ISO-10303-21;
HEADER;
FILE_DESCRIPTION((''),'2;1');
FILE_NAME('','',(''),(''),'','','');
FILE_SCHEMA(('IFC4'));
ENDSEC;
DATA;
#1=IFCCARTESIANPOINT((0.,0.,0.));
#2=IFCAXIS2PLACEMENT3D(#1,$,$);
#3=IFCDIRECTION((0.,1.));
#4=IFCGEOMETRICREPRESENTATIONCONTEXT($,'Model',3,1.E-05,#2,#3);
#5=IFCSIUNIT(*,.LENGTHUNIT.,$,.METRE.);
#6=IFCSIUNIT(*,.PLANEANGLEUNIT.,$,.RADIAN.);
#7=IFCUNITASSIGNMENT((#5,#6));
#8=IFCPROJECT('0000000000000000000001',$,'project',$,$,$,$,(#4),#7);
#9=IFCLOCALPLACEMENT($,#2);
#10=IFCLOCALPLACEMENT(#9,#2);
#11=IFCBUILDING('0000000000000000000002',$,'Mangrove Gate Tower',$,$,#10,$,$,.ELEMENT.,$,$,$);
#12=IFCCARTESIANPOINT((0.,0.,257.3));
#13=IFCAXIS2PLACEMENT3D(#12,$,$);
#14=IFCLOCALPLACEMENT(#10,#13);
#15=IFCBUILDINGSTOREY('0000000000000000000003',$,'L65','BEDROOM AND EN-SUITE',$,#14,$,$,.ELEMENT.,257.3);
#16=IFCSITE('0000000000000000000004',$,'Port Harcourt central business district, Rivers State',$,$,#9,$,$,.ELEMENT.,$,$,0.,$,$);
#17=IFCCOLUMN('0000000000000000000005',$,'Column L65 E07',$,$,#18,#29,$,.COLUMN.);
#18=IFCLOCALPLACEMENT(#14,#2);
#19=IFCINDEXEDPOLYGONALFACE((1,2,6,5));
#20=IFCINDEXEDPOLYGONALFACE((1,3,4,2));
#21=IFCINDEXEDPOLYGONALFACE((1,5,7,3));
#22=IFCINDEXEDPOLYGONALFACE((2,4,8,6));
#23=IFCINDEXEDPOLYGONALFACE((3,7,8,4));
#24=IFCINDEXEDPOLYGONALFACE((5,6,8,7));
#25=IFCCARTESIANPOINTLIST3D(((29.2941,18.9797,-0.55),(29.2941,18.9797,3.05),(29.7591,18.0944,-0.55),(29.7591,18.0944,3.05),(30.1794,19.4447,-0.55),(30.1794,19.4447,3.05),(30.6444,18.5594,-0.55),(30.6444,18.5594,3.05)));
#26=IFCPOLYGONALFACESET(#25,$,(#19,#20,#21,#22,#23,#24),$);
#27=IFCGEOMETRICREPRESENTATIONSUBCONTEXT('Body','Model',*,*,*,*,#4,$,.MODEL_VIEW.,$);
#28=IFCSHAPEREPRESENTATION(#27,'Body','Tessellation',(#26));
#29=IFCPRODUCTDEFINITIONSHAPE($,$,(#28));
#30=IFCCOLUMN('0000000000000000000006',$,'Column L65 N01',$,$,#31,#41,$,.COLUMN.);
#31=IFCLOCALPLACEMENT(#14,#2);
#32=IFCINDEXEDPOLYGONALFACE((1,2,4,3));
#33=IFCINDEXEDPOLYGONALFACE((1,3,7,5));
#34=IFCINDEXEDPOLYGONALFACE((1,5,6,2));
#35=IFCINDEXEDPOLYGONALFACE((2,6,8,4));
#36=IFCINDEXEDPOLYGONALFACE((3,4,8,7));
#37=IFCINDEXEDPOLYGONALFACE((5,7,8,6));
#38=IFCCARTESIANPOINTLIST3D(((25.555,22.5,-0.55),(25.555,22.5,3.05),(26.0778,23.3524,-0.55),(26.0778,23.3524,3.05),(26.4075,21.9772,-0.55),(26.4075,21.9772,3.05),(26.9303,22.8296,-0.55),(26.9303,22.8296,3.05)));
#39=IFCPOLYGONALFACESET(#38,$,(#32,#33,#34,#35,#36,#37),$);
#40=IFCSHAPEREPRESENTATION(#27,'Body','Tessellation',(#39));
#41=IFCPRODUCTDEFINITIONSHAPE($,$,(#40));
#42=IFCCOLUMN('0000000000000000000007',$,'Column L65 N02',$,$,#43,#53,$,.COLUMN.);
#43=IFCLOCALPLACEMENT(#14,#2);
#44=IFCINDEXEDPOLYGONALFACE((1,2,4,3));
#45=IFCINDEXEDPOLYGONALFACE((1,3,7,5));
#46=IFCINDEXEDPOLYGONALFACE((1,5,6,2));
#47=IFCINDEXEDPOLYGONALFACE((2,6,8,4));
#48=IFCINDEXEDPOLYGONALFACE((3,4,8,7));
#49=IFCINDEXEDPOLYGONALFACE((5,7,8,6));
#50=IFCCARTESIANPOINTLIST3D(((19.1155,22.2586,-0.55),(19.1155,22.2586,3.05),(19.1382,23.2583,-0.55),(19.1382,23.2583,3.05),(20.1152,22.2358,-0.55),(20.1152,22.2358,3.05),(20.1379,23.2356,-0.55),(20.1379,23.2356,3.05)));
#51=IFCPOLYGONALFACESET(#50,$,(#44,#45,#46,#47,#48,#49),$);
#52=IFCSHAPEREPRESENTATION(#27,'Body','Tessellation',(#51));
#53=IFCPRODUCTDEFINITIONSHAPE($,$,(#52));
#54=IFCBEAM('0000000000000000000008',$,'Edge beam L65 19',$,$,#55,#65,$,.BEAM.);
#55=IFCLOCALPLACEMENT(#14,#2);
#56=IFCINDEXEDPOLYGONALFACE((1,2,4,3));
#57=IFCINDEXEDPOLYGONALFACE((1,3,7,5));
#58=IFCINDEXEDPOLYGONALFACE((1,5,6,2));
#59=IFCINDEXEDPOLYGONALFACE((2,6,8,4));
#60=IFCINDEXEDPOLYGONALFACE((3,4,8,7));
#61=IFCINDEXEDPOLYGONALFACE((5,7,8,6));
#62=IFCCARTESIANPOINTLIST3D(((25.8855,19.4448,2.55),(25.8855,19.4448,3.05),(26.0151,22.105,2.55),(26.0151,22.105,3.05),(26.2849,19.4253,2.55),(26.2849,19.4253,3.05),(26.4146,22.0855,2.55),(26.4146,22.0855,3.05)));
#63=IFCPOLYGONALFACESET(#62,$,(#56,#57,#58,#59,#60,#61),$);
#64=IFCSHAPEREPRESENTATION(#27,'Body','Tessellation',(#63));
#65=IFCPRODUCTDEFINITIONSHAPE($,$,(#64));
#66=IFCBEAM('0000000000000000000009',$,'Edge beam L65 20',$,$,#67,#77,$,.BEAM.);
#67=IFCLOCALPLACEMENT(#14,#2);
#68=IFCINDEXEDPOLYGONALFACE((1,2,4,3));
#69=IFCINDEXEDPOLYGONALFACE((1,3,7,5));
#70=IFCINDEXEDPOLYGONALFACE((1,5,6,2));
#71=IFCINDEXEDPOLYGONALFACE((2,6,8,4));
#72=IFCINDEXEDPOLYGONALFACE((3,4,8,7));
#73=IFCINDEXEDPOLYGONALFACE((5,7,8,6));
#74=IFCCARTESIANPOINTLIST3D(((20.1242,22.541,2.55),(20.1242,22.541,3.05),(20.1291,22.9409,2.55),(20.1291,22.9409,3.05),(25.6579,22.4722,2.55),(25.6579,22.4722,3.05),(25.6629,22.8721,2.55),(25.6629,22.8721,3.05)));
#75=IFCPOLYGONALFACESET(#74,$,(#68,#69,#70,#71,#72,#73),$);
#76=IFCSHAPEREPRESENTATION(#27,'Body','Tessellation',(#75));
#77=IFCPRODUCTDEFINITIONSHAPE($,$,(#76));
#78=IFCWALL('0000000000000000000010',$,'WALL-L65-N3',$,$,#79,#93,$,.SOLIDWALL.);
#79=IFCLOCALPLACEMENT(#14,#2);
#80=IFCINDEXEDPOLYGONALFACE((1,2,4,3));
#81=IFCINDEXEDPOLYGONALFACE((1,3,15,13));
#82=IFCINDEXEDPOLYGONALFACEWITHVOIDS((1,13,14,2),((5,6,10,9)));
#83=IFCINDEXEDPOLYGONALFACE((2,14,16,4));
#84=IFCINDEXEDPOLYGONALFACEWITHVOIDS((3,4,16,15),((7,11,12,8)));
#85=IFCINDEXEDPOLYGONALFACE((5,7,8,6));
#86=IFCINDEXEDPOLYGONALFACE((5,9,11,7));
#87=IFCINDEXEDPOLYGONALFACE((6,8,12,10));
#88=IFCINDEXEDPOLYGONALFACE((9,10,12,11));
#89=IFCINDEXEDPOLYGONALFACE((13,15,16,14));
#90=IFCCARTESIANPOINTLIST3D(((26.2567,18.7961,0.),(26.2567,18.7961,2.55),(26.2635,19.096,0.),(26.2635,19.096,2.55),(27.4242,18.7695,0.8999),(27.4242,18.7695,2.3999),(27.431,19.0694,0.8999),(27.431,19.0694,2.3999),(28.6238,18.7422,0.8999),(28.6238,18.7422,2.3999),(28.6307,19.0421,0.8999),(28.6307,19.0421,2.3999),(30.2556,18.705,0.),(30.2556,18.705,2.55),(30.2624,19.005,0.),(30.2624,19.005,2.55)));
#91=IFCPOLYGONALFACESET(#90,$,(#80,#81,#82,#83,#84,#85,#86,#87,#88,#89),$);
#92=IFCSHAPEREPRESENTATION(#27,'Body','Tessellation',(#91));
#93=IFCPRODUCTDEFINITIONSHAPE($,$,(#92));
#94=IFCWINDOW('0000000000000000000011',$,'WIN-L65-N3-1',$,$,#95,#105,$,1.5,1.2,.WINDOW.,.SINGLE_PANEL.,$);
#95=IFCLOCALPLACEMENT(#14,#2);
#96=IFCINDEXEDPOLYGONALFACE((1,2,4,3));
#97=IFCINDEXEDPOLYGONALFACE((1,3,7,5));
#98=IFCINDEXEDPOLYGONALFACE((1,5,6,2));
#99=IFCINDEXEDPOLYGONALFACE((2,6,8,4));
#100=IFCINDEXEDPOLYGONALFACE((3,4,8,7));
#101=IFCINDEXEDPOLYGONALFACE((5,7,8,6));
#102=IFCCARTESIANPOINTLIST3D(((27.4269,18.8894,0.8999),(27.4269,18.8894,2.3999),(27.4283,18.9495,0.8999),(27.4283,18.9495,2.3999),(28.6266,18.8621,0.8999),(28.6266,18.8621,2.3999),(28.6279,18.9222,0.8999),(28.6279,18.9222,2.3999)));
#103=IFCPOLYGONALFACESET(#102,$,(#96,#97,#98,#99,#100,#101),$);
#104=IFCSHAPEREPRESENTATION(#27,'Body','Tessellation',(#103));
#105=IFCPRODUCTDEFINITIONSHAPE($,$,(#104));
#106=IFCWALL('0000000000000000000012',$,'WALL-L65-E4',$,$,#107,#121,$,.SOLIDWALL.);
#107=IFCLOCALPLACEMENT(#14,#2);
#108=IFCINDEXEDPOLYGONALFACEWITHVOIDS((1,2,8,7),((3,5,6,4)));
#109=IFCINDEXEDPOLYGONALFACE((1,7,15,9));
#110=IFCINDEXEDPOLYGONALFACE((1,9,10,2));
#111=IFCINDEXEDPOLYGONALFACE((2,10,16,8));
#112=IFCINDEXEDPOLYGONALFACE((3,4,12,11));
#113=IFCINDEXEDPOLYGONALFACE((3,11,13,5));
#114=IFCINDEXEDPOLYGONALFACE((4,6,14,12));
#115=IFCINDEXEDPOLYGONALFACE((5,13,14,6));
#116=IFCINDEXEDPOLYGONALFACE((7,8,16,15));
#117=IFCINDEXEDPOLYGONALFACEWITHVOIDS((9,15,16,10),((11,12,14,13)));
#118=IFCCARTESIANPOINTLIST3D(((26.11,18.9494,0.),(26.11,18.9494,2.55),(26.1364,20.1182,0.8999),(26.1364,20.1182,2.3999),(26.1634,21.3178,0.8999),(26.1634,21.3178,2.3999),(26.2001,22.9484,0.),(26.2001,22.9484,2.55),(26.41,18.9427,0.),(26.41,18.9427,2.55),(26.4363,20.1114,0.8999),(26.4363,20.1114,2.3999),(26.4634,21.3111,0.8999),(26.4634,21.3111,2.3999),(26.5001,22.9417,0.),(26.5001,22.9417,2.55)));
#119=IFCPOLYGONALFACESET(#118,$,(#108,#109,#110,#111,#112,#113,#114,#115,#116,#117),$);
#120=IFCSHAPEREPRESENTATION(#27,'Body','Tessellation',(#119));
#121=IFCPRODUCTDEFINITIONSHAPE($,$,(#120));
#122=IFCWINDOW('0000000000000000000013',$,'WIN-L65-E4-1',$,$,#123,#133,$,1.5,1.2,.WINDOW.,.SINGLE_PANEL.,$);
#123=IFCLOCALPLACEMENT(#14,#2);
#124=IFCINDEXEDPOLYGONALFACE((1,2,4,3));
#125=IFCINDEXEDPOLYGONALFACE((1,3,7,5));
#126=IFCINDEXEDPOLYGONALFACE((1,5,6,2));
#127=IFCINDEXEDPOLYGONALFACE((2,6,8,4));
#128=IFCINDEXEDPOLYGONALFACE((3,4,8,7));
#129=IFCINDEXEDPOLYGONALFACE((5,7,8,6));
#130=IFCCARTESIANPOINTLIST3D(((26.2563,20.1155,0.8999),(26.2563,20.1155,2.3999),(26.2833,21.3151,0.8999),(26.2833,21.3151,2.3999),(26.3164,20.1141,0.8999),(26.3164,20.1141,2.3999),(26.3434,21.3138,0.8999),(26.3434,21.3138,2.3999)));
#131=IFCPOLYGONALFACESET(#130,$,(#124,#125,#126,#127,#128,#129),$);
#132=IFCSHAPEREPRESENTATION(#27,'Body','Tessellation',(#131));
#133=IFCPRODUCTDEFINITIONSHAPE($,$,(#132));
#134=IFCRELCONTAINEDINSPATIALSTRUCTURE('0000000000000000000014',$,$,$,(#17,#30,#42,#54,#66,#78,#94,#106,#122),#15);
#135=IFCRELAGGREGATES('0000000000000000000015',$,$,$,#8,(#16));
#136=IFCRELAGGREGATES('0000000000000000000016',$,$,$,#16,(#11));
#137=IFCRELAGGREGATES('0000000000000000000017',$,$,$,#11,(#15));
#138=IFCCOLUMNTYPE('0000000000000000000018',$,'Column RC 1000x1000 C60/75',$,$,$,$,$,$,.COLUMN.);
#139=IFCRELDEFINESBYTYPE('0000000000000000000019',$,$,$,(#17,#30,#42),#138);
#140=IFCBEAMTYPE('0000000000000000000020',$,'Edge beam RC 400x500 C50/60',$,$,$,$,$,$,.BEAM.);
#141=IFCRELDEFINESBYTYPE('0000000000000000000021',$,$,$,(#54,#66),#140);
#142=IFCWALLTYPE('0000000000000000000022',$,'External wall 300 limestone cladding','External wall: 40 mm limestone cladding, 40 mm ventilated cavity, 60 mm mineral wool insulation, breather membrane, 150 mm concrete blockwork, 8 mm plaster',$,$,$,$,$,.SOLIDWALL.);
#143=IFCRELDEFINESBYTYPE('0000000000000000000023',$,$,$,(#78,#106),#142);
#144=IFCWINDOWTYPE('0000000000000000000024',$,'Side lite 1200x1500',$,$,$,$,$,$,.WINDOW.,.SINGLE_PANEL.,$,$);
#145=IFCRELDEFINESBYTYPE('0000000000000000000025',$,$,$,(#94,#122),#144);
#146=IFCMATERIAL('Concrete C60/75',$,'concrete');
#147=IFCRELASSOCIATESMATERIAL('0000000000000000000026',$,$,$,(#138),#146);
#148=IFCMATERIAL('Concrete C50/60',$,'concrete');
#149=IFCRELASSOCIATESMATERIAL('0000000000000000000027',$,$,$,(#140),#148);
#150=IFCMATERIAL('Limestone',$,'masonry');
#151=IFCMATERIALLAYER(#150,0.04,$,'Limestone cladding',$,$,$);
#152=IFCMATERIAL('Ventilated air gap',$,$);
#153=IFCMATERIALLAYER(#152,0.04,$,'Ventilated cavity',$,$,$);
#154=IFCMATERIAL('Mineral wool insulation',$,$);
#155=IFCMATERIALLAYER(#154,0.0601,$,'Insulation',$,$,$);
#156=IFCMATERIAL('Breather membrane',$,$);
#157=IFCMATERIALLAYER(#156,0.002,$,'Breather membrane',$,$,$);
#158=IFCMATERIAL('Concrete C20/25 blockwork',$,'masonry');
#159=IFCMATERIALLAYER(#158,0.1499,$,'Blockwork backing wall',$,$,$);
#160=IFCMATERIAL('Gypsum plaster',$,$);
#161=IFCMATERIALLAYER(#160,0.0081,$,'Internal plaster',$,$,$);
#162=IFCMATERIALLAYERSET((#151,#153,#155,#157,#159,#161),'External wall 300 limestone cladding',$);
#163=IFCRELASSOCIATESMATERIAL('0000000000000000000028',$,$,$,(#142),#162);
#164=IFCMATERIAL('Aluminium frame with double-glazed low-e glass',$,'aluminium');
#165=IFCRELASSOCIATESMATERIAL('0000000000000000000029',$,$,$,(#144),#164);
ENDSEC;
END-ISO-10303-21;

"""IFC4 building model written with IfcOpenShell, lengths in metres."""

from ifc_helpers import new_model, si_unit, direction, frame, frame_2d, origin, origin_2d, place, context, subcontext, project, spatial, rectangle, extrude, material, layer, layer_set, material_profile, profile_set, type_object, element, fill, save


model = new_model("IFC4")

# Units and contexts
model_context = context("Model", 3, precision=1e-05, world=origin(), true_north=direction((0.0, 1.0)))
body_context = subcontext(model_context, "Body", "Model", "MODEL_VIEW")
ifc_project = project(units=[si_unit("LENGTHUNIT", "METRE"), si_unit("PLANEANGLEUNIT", "RADIAN")], contexts=[model_context])

# Site, building, storey
site_placement = place(None, origin())
site = spatial("IfcSite", under=ifc_project, at=site_placement, Name="Port Harcourt central business district, Rivers State", CompositionType="ELEMENT", RefElevation=0.0)
building_placement = place(site_placement, origin())
building = spatial("IfcBuilding", under=site, at=building_placement, Name="Mangrove Gate Tower", CompositionType="ELEMENT")
storey_placement = place(building_placement, frame((0.0, 0.0, 257.3)))
storey = spatial("IfcBuildingStorey", under=building, at=storey_placement, Name="L65", Description="BEDROOM AND EN-SUITE", CompositionType="ELEMENT", Elevation=257.3)

# Columns
ifc_material_1 = material(Name="Concrete C60/75", Category="concrete")
ifc_material_profile_1 = material_profile(ifc_material_1, rectangle(XDim=1.0, YDim=1.0, at=origin_2d()))
ifc_profile_set_1 = profile_set([ifc_material_profile_1], Name="Concrete C60/75")
column_type = type_object("IfcColumnType", Name="Column RC 1000x1000 C60/75", PredefinedType="COLUMN", material=ifc_profile_set_1)
for number, where, z_axis, x_axis, name in (
    (1, (29.9692, 18.7695, -0.55), (0.0, 0.0, 1.0), (-0.465022, 0.885299, 0.0), "Column L65 E07"),
    (2, (26.2427, 22.6648, -0.55), (0.0, 0.0, 1.0), (-0.852457, 0.522798, 0.0), "Column L65 N01"),
    (3, (19.6267, 22.7471, -0.55), (0.0, 0.0, 1.0), (-0.999742, 0.022715, 0.0), "Column L65 N02"),
):
    element("IfcColumn", number, at=place(storey_placement, frame(where, z_axis=z_axis, x_axis=x_axis)), inside=storey, type_object=column_type, Name=name, PredefinedType="COLUMN", context=body_context, shape_type="SweptSolid", body=[
        extrude(rectangle(XDim=1.0, YDim=1.0, at=origin_2d()), origin(), (0.0, 0.0, 1.0), 3.6001),
    ])

# Beams
ifc_material_2 = material(Name="Concrete C50/60", Category="concrete")
ifc_material_profile_2 = material_profile(ifc_material_2, rectangle(XDim=0.3999, YDim=0.5, at=origin_2d()))
ifc_profile_set_2 = profile_set([ifc_material_profile_2], Name="Concrete C50/60")
beam_type = type_object("IfcBeamType", Name="Edge beam RC 400x500 C50/60", PredefinedType="BEAM", material=ifc_profile_set_2)
beam_1_placement = place(storey_placement, frame((26.0852, 19.4351, 2.8), z_axis=(0.048676, 0.998815, 0.0), x_axis=(-0.998815, 0.048676, 0.0)))
element("IfcBeam", 4, at=beam_1_placement, inside=storey, type_object=beam_type, Name="Edge beam L65 19", PredefinedType="BEAM", context=body_context, shape_type="SweptSolid", body=[
    extrude(rectangle(XDim=0.3999, YDim=0.5, at=origin_2d()), origin(), (0.0, 0.0, 1.0), 2.6633),
])
beam_2_placement = place(storey_placement, frame((25.6604, 22.6721, 2.8), z_axis=(-0.999923, 0.012441, 0.0), x_axis=(-0.012441, -0.999923, 0.0)))
element("IfcBeam", 5, at=beam_2_placement, inside=storey, type_object=beam_type, Name="Edge beam L65 20", PredefinedType="BEAM", context=body_context, shape_type="SweptSolid", body=[
    extrude(rectangle(XDim=0.3999, YDim=0.5, at=origin_2d()), origin(), (0.0, 0.0, 1.0), 5.5342),
])

# Walls, openings, windows
ifc_material_3 = material(Name="Limestone", Category="masonry")
ifc_layer_1 = layer(ifc_material_3, 0.04, Name="Limestone cladding")
ifc_material_4 = material(Name="Ventilated air gap")
ifc_layer_2 = layer(ifc_material_4, 0.04, Name="Ventilated cavity")
ifc_material_5 = material(Name="Mineral wool insulation")
ifc_layer_3 = layer(ifc_material_5, 0.0601, Name="Insulation")
ifc_material_6 = material(Name="Breather membrane")
ifc_layer_4 = layer(ifc_material_6, 0.002, Name="Breather membrane")
ifc_material_7 = material(Name="Concrete C20/25 blockwork", Category="masonry")
ifc_layer_5 = layer(ifc_material_7, 0.1499, Name="Blockwork backing wall")
ifc_material_8 = material(Name="Gypsum plaster")
ifc_layer_6 = layer(ifc_material_8, 0.0081, Name="Internal plaster")
ifc_layer_set = layer_set([ifc_layer_1, ifc_layer_2, ifc_layer_3, ifc_layer_4, ifc_layer_5, ifc_layer_6], Name="External wall 300 limestone cladding")
wall_type = type_object("IfcWallType", Name="External wall 300 limestone cladding", Description="External wall: 40 mm limestone cladding, 40 mm ventilated cavity, 60 mm mineral wool insulation, breather membrane, 150 mm concrete blockwork, 8 mm plaster", PredefinedType="SOLIDWALL", material=ifc_layer_set)
wall_1_placement = place(storey_placement, frame((30.259, 18.855, 0.0), z_axis=(0.0, 0.0, 1.0), x_axis=(-0.999741, 0.022766, 0.0)))
wall_1 = element("IfcWall", 6, at=wall_1_placement, inside=storey, type_object=wall_type, Name="WALL-L65-N3", PredefinedType="SOLIDWALL", context=body_context, shape_type="SweptSolid", body=[
    extrude(rectangle(XDim=4.0, YDim=0.3, at=frame_2d((2.0, 0.0))), origin(), (0.0, 0.0, 1.0), 2.55),
])
opening_1_placement = place(wall_1_placement, frame((1.6321, 0.0, 0.8999)))
opening_1 = element("IfcOpeningElement", 7, at=opening_1_placement, cuts=wall_1, PredefinedType="OPENING", context=body_context, shape_type="SweptSolid", body=[
    extrude(rectangle(XDim=1.2, YDim=1.5, at=frame_2d((0.6001, 0.75))), frame((0.0, 0.1599, 0.0), z_axis=(0.0, -1.0, 0.0), x_axis=(1.0, 0.0, 0.0)), (0.0, 0.0, 1.0), 0.3201),
])
ifc_material_9 = material(Name="Aluminium frame with double-glazed low-e glass", Category="aluminium")
window_type_1 = type_object("IfcWindowType", Name="Side lite 1200x1500", PartitioningType="SINGLE_PANEL", PredefinedType="WINDOW", material=ifc_material_9)
window_1_placement = place(opening_1_placement, origin())
window_1 = element("IfcWindow", 8, at=window_1_placement, inside=storey, type_object=window_type_1, Name="WIN-L65-N3-1", OverallHeight=1.5, OverallWidth=1.2, PartitioningType="SINGLE_PANEL", PredefinedType="WINDOW", context=body_context, shape_type="SweptSolid", body=[
    extrude(rectangle(XDim=1.2, YDim=1.5, at=frame_2d((0.6001, 0.75))), frame((0.0, 0.03, 0.0), z_axis=(0.0, -1.0, 0.0), x_axis=(1.0, 0.0, 0.0)), (0.0, 0.0, 1.0), 0.0601),
])
fill(opening_1, window_1)
wall_2_placement = place(storey_placement, frame((26.26, 18.946, 0.0), z_axis=(0.0, 0.0, 1.0), x_axis=(0.022522, 0.999746, 0.0)))
wall_2 = element("IfcWall", 9, at=wall_2_placement, inside=storey, type_object=wall_type, Name="WALL-L65-E4", PredefinedType="SOLIDWALL", context=body_context, shape_type="SweptSolid", body=[
    extrude(rectangle(XDim=4.0, YDim=0.3, at=frame_2d((2.0, 0.0))), origin(), (0.0, 0.0, 1.0), 2.55),
])
opening_2_placement = place(wall_2_placement, frame((1.1689, 0.0, 0.8999)))
opening_2 = element("IfcOpeningElement", 10, at=opening_2_placement, cuts=wall_2, PredefinedType="OPENING", context=body_context, shape_type="SweptSolid", body=[
    extrude(rectangle(XDim=1.2, YDim=1.5, at=frame_2d((0.6001, 0.75))), frame((0.0, 0.1599, 0.0), z_axis=(0.0, -1.0, 0.0), x_axis=(1.0, 0.0, 0.0)), (0.0, 0.0, 1.0), 0.3201),
])
window_2_placement = place(opening_2_placement, origin())
window_2 = element("IfcWindow", 11, at=window_2_placement, inside=storey, type_object=window_type_1, Name="WIN-L65-E4-1", OverallHeight=1.5, OverallWidth=1.2, PartitioningType="SINGLE_PANEL", PredefinedType="WINDOW", context=body_context, shape_type="SweptSolid", body=[
    extrude(rectangle(XDim=1.2, YDim=1.5, at=frame_2d((0.6001, 0.75))), frame((0.0, 0.03, 0.0), z_axis=(0.0, -1.0, 0.0), x_axis=(1.0, 0.0, 0.0)), (0.0, 0.0, 1.0), 0.0601),
])
fill(opening_2, window_2)

save(model, "model.ifc")
